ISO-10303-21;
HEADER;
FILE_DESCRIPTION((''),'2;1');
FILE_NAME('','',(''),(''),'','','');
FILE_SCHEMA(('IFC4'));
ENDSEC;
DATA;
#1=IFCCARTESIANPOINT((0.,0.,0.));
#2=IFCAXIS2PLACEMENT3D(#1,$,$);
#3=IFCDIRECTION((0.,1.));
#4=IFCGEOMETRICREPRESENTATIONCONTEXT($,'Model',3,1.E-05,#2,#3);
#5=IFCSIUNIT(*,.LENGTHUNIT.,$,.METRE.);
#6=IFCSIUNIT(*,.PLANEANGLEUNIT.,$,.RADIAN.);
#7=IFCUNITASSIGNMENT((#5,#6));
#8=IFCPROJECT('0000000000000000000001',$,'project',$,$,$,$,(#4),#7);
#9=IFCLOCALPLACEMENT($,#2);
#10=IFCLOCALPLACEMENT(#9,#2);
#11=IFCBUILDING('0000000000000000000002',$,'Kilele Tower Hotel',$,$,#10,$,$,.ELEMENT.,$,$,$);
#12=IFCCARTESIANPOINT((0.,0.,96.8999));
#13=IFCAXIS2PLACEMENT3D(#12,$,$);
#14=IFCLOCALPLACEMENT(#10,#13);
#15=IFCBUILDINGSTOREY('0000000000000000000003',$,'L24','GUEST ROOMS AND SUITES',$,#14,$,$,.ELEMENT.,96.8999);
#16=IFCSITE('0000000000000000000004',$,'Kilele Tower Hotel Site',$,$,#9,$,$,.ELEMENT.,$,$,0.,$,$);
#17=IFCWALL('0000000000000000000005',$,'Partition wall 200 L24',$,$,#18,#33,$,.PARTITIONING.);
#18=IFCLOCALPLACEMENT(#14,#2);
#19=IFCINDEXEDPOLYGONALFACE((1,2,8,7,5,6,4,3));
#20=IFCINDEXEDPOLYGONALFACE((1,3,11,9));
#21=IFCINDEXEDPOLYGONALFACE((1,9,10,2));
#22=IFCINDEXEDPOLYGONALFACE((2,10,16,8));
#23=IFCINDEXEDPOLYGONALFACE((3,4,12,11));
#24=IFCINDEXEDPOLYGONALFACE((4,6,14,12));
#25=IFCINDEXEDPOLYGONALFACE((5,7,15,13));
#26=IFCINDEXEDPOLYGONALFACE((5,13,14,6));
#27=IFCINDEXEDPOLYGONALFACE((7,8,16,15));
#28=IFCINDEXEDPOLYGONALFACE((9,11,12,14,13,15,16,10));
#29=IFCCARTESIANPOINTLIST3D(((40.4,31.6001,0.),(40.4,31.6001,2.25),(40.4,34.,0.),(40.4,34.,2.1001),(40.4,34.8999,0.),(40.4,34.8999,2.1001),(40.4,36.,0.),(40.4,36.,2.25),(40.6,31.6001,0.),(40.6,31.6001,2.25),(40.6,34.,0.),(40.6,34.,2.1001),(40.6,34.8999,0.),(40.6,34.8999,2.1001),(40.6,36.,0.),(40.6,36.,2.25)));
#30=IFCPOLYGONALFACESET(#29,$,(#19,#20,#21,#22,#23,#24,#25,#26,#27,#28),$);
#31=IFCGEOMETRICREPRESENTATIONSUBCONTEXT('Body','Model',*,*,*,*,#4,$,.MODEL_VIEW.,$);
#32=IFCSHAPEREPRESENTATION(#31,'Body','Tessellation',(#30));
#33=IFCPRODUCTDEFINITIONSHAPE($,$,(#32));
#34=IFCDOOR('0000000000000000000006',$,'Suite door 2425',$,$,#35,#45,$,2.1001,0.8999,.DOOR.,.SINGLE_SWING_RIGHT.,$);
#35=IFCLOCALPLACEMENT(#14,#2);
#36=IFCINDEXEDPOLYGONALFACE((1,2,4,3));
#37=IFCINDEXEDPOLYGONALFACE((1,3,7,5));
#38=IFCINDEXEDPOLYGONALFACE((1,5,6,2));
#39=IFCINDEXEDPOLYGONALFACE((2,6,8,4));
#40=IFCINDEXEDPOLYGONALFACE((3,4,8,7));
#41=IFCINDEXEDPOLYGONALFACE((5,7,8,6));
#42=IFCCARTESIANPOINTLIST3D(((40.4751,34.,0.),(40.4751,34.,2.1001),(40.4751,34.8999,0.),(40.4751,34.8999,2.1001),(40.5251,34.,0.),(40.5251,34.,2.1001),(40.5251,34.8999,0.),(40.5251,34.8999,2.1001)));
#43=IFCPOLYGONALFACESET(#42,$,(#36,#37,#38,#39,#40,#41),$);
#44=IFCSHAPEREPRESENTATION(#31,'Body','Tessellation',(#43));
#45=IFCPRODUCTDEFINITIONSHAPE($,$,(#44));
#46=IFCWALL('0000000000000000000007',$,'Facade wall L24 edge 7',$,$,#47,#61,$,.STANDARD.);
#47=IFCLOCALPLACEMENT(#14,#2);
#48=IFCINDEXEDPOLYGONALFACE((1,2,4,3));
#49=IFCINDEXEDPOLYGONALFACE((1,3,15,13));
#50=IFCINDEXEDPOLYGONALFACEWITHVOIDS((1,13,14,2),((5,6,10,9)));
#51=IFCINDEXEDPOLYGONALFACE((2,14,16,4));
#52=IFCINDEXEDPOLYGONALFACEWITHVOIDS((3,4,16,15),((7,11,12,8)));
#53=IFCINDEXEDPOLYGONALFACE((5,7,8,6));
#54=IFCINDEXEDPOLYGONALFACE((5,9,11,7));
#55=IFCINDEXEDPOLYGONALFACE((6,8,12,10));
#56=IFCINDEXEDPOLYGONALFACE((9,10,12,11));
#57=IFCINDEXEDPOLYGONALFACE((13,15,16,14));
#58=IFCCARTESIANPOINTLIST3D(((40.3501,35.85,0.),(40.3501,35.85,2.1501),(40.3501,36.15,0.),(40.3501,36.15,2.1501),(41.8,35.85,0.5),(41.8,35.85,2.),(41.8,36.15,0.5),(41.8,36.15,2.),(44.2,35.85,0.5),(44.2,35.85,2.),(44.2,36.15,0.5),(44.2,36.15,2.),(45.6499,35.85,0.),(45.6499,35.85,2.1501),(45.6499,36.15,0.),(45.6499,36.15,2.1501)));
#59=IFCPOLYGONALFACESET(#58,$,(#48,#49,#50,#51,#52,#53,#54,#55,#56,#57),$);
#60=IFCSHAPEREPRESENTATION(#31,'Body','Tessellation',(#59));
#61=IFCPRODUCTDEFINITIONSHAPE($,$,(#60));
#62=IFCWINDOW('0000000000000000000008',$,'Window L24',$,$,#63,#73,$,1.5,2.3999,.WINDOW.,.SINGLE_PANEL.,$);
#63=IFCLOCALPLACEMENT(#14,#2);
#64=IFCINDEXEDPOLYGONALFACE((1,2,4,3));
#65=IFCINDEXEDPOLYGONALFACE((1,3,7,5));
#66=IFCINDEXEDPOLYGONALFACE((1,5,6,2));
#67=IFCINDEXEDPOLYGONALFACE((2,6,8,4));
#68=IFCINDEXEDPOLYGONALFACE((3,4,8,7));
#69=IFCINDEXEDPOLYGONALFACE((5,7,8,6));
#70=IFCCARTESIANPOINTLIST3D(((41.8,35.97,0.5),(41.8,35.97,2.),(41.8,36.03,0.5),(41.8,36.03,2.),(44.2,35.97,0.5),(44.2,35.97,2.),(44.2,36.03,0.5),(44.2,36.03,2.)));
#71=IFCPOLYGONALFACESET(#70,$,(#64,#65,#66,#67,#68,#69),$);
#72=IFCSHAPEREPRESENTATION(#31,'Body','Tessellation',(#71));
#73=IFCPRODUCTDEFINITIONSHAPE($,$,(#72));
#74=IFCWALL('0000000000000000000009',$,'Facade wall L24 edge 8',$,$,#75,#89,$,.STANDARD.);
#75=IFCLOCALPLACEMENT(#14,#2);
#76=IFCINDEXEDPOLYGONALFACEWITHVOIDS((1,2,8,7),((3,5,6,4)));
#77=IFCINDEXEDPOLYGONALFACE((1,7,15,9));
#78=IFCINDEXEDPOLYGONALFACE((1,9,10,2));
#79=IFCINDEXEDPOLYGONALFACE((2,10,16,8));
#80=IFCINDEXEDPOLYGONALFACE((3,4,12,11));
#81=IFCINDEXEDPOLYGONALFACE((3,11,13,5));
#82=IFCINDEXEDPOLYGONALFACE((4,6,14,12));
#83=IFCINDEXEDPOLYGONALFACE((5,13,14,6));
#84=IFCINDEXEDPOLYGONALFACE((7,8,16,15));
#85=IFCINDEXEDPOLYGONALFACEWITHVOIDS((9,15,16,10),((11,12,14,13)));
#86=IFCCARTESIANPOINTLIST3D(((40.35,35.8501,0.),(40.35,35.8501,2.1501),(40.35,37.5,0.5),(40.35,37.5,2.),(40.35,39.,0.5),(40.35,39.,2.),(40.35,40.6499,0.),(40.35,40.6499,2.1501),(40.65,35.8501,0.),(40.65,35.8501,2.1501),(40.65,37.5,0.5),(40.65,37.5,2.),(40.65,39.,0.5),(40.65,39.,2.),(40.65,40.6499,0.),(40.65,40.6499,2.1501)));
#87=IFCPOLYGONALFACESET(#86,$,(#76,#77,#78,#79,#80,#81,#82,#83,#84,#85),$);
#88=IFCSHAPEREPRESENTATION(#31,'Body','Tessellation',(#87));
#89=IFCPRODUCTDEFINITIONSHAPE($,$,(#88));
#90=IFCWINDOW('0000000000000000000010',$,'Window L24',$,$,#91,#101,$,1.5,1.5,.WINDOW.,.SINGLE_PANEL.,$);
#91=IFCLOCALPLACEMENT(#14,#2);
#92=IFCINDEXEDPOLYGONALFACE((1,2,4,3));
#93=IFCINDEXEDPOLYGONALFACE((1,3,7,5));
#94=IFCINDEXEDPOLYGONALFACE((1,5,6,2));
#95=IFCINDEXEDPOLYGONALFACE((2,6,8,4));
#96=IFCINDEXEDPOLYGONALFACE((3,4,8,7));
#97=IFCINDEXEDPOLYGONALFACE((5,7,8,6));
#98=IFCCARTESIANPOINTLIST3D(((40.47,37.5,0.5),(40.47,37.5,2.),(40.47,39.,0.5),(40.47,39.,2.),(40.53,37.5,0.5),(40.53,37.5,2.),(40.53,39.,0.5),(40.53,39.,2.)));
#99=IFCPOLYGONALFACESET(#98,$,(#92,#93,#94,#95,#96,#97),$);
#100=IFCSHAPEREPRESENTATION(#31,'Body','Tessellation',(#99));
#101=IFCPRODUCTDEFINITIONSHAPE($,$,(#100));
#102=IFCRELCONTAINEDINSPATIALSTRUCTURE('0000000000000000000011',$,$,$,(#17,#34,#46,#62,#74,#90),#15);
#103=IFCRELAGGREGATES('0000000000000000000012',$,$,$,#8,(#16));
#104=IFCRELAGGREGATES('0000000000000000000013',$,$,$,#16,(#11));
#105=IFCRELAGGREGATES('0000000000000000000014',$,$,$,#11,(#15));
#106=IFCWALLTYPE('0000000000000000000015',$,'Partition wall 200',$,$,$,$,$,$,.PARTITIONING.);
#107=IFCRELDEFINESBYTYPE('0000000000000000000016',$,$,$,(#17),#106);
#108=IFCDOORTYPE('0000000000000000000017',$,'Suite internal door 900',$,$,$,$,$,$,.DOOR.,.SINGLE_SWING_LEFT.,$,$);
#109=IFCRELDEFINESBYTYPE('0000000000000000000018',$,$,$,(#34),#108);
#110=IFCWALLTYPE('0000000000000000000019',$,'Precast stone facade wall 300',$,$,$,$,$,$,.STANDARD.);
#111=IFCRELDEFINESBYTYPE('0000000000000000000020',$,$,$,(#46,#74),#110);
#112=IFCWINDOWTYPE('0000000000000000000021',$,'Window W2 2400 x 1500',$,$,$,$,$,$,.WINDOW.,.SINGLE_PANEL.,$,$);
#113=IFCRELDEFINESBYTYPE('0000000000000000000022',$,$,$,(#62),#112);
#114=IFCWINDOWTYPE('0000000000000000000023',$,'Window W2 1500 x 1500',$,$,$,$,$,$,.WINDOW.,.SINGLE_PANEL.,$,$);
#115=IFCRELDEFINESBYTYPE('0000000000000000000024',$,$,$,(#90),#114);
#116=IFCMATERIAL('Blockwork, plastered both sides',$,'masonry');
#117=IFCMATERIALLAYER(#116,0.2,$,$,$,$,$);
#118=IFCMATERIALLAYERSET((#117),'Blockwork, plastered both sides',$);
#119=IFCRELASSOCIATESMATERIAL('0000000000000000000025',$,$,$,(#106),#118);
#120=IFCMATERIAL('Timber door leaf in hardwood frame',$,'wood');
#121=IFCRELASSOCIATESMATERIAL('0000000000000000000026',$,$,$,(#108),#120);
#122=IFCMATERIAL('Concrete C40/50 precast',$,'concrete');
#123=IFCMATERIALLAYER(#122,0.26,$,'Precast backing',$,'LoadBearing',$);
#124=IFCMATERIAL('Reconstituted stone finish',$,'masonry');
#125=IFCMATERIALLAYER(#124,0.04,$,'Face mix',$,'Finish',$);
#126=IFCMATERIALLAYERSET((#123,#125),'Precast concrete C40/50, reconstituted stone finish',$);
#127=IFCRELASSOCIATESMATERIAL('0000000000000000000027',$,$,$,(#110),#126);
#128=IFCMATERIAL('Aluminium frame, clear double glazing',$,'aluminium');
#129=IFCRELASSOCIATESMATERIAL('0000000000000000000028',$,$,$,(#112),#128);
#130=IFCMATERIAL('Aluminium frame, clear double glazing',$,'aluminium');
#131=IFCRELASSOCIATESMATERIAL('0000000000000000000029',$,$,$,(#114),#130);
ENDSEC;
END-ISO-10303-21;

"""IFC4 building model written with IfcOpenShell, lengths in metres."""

from ifc_helpers import new_model, si_unit, direction, frame, frame_2d, origin, place, context, subcontext, project, spatial, rectangle, extrude, material, layer, layer_set, type_object, element, fill, save


model = new_model("IFC4")

# Units and contexts
model_context = context("Model", 3, precision=1e-05, world=origin(), true_north=direction((0.0, 1.0)))
body_context = subcontext(model_context, "Body", "Model", "MODEL_VIEW")
ifc_project = project(units=[si_unit("LENGTHUNIT", "METRE"), si_unit("PLANEANGLEUNIT", "RADIAN")], contexts=[model_context])

# Site, building, storey
site_placement = place(None, origin())
site = spatial("IfcSite", under=ifc_project, at=site_placement, Name="Kilele Tower Hotel Site", CompositionType="ELEMENT", RefElevation=0.0)
building_placement = place(site_placement, origin())
building = spatial("IfcBuilding", under=site, at=building_placement, Name="Kilele Tower Hotel", CompositionType="ELEMENT")
storey_placement = place(building_placement, frame((0.0, 0.0, 96.8999)))
storey = spatial("IfcBuildingStorey", under=building, at=storey_placement, Name="L24", Description="GUEST ROOMS AND SUITES", CompositionType="ELEMENT", Elevation=96.8999)

# Wall, opening, door
ifc_material_1 = material(Name="Blockwork, plastered both sides", Category="masonry")
ifc_layer_1 = layer(ifc_material_1, 0.2)
ifc_layer_set_1 = layer_set([ifc_layer_1], Name="Blockwork, plastered both sides")
wall_type_1 = type_object("IfcWallType", Name="Partition wall 200", PredefinedType="PARTITIONING", material=ifc_layer_set_1)
wall_1_placement = place(storey_placement, frame((40.5, 31.6001, 0.0), z_axis=(0.0, 0.0, 1.0), x_axis=(0.0, 1.0, 0.0)))
wall_1 = element("IfcWall", 1, at=wall_1_placement, inside=storey, type_object=wall_type_1, Name="Partition wall 200 L24", PredefinedType="PARTITIONING", context=body_context, shape_type="SweptSolid", body=[
    extrude(rectangle(XDim=4.3999, YDim=0.2, at=frame_2d((2.2, 0.0))), origin(), (0.0, 0.0, 1.0), 2.25),
])
opening_1_placement = place(wall_1_placement, frame((2.3999, 0.0, 0.0)))
opening_1 = element("IfcOpeningElement", 2, at=opening_1_placement, cuts=wall_1, PredefinedType="OPENING", context=body_context, shape_type="SweptSolid", body=[
    extrude(rectangle(XDim=0.8999, YDim=2.1001, at=frame_2d((0.45, 1.05))), frame((0.0, 0.1099, 0.0), z_axis=(0.0, -1.0, 0.0), x_axis=(1.0, 0.0, 0.0)), (0.0, 0.0, 1.0), 0.22),
])
ifc_material_2 = material(Name="Timber door leaf in hardwood frame", Category="wood")
door_type_1 = type_object("IfcDoorType", Name="Suite internal door 900", OperationType="SINGLE_SWING_LEFT", PredefinedType="DOOR", material=ifc_material_2)
door_1_placement = place(opening_1_placement, origin())
door_1 = element("IfcDoor", 3, at=door_1_placement, inside=storey, type_object=door_type_1, Name="Suite door 2425", OperationType="SINGLE_SWING_RIGHT", OverallHeight=2.1001, OverallWidth=0.8999, PredefinedType="DOOR", context=body_context, shape_type="SweptSolid", body=[
    extrude(rectangle(XDim=0.8999, YDim=2.1001, at=frame_2d((0.45, 1.05))), frame((0.0, 0.0249, 0.0), z_axis=(0.0, -1.0, 0.0), x_axis=(1.0, 0.0, 0.0)), (0.0, 0.0, 1.0), 0.05),
])
fill(opening_1, door_1)

# Walls, openings, windows
ifc_material_3 = material(Name="Concrete C40/50 precast", Category="concrete")
ifc_layer_2 = layer(ifc_material_3, 0.26, Name="Precast backing", Category="LoadBearing")
ifc_material_4 = material(Name="Reconstituted stone finish", Category="masonry")
ifc_layer_3 = layer(ifc_material_4, 0.04, Name="Face mix", Category="Finish")
ifc_layer_set_2 = layer_set([ifc_layer_2, ifc_layer_3], Name="Precast concrete C40/50, reconstituted stone finish")
wall_type_2 = type_object("IfcWallType", Name="Precast stone facade wall 300", PredefinedType="STANDARD", material=ifc_layer_set_2)
wall_2_placement = place(storey_placement, frame((45.6499, 36.0, 0.0), z_axis=(0.0, 0.0, 1.0), x_axis=(-1.0, 0.0, 0.0)))
wall_2 = element("IfcWall", 4, at=wall_2_placement, inside=storey, type_object=wall_type_2, Name="Facade wall L24 edge 7", PredefinedType="STANDARD", context=body_context, shape_type="SweptSolid", body=[
    extrude(rectangle(XDim=5.2998, YDim=0.3, at=frame_2d((2.6499, 0.0))), origin(), (0.0, 0.0, 1.0), 2.1501),
])
opening_2_placement = place(wall_2_placement, frame((1.45, 0.0, 0.5)))
opening_2 = element("IfcOpeningElement", 5, at=opening_2_placement, cuts=wall_2, PredefinedType="OPENING", context=body_context, shape_type="SweptSolid", body=[
    extrude(rectangle(XDim=2.3999, YDim=1.5, at=frame_2d((1.2, 0.75))), frame((0.0, 0.1599, 0.0), z_axis=(0.0, -1.0, 0.0), x_axis=(1.0, 0.0, 0.0)), (0.0, 0.0, 1.0), 0.3201),
])
ifc_material_5 = material(Name="Aluminium frame, clear double glazing", Category="aluminium")
window_type_1 = type_object("IfcWindowType", Name="Window W2 2400 x 1500", PartitioningType="SINGLE_PANEL", PredefinedType="WINDOW", material=ifc_material_5)
window_1_placement = place(opening_2_placement, origin())
window_1 = element("IfcWindow", 6, at=window_1_placement, inside=storey, type_object=window_type_1, Name="Window L24", OverallHeight=1.5, OverallWidth=2.3999, PartitioningType="SINGLE_PANEL", PredefinedType="WINDOW", context=body_context, shape_type="SweptSolid", body=[
    extrude(rectangle(XDim=2.3999, YDim=1.5, at=frame_2d((1.2, 0.75))), frame((0.0, 0.03, 0.0), z_axis=(0.0, -1.0, 0.0), x_axis=(1.0, 0.0, 0.0)), (0.0, 0.0, 1.0), 0.0601),
])
fill(opening_2, window_1)
wall_3_placement = place(storey_placement, frame((40.5, 35.8501, 0.0), z_axis=(0.0, 0.0, 1.0), x_axis=(0.0, 1.0, 0.0)))
wall_3 = element("IfcWall", 7, at=wall_3_placement, inside=storey, type_object=wall_type_2, Name="Facade wall L24 edge 8", PredefinedType="STANDARD", context=body_context, shape_type="SweptSolid", body=[
    extrude(rectangle(XDim=4.7998, YDim=0.3, at=frame_2d((2.3999, 0.0))), origin(), (0.0, 0.0, 1.0), 2.1501),
])
opening_3_placement = place(wall_3_placement, frame((1.6499, 0.0, 0.5)))
opening_3 = element("IfcOpeningElement", 8, at=opening_3_placement, cuts=wall_3, PredefinedType="OPENING", context=body_context, shape_type="SweptSolid", body=[
    extrude(rectangle(XDim=1.5, YDim=1.5, at=frame_2d((0.75, 0.75))), frame((0.0, 0.1599, 0.0), z_axis=(0.0, -1.0, 0.0), x_axis=(1.0, 0.0, 0.0)), (0.0, 0.0, 1.0), 0.3201),
])
ifc_material_6 = material(Name="Aluminium frame, clear double glazing", Category="aluminium")
window_type_2 = type_object("IfcWindowType", Name="Window W2 1500 x 1500", PartitioningType="SINGLE_PANEL", PredefinedType="WINDOW", material=ifc_material_6)
window_2_placement = place(opening_3_placement, origin())
window_2 = element("IfcWindow", 9, at=window_2_placement, inside=storey, type_object=window_type_2, Name="Window L24", OverallHeight=1.5, OverallWidth=1.5, PartitioningType="SINGLE_PANEL", PredefinedType="WINDOW", context=body_context, shape_type="SweptSolid", body=[
    extrude(rectangle(XDim=1.5, YDim=1.5, at=frame_2d((0.75, 0.75))), frame((0.0, 0.03, 0.0), z_axis=(0.0, -1.0, 0.0), x_axis=(1.0, 0.0, 0.0)), (0.0, 0.0, 1.0), 0.0601),
])
fill(opening_3, window_2)

save(model, "model.ifc")
